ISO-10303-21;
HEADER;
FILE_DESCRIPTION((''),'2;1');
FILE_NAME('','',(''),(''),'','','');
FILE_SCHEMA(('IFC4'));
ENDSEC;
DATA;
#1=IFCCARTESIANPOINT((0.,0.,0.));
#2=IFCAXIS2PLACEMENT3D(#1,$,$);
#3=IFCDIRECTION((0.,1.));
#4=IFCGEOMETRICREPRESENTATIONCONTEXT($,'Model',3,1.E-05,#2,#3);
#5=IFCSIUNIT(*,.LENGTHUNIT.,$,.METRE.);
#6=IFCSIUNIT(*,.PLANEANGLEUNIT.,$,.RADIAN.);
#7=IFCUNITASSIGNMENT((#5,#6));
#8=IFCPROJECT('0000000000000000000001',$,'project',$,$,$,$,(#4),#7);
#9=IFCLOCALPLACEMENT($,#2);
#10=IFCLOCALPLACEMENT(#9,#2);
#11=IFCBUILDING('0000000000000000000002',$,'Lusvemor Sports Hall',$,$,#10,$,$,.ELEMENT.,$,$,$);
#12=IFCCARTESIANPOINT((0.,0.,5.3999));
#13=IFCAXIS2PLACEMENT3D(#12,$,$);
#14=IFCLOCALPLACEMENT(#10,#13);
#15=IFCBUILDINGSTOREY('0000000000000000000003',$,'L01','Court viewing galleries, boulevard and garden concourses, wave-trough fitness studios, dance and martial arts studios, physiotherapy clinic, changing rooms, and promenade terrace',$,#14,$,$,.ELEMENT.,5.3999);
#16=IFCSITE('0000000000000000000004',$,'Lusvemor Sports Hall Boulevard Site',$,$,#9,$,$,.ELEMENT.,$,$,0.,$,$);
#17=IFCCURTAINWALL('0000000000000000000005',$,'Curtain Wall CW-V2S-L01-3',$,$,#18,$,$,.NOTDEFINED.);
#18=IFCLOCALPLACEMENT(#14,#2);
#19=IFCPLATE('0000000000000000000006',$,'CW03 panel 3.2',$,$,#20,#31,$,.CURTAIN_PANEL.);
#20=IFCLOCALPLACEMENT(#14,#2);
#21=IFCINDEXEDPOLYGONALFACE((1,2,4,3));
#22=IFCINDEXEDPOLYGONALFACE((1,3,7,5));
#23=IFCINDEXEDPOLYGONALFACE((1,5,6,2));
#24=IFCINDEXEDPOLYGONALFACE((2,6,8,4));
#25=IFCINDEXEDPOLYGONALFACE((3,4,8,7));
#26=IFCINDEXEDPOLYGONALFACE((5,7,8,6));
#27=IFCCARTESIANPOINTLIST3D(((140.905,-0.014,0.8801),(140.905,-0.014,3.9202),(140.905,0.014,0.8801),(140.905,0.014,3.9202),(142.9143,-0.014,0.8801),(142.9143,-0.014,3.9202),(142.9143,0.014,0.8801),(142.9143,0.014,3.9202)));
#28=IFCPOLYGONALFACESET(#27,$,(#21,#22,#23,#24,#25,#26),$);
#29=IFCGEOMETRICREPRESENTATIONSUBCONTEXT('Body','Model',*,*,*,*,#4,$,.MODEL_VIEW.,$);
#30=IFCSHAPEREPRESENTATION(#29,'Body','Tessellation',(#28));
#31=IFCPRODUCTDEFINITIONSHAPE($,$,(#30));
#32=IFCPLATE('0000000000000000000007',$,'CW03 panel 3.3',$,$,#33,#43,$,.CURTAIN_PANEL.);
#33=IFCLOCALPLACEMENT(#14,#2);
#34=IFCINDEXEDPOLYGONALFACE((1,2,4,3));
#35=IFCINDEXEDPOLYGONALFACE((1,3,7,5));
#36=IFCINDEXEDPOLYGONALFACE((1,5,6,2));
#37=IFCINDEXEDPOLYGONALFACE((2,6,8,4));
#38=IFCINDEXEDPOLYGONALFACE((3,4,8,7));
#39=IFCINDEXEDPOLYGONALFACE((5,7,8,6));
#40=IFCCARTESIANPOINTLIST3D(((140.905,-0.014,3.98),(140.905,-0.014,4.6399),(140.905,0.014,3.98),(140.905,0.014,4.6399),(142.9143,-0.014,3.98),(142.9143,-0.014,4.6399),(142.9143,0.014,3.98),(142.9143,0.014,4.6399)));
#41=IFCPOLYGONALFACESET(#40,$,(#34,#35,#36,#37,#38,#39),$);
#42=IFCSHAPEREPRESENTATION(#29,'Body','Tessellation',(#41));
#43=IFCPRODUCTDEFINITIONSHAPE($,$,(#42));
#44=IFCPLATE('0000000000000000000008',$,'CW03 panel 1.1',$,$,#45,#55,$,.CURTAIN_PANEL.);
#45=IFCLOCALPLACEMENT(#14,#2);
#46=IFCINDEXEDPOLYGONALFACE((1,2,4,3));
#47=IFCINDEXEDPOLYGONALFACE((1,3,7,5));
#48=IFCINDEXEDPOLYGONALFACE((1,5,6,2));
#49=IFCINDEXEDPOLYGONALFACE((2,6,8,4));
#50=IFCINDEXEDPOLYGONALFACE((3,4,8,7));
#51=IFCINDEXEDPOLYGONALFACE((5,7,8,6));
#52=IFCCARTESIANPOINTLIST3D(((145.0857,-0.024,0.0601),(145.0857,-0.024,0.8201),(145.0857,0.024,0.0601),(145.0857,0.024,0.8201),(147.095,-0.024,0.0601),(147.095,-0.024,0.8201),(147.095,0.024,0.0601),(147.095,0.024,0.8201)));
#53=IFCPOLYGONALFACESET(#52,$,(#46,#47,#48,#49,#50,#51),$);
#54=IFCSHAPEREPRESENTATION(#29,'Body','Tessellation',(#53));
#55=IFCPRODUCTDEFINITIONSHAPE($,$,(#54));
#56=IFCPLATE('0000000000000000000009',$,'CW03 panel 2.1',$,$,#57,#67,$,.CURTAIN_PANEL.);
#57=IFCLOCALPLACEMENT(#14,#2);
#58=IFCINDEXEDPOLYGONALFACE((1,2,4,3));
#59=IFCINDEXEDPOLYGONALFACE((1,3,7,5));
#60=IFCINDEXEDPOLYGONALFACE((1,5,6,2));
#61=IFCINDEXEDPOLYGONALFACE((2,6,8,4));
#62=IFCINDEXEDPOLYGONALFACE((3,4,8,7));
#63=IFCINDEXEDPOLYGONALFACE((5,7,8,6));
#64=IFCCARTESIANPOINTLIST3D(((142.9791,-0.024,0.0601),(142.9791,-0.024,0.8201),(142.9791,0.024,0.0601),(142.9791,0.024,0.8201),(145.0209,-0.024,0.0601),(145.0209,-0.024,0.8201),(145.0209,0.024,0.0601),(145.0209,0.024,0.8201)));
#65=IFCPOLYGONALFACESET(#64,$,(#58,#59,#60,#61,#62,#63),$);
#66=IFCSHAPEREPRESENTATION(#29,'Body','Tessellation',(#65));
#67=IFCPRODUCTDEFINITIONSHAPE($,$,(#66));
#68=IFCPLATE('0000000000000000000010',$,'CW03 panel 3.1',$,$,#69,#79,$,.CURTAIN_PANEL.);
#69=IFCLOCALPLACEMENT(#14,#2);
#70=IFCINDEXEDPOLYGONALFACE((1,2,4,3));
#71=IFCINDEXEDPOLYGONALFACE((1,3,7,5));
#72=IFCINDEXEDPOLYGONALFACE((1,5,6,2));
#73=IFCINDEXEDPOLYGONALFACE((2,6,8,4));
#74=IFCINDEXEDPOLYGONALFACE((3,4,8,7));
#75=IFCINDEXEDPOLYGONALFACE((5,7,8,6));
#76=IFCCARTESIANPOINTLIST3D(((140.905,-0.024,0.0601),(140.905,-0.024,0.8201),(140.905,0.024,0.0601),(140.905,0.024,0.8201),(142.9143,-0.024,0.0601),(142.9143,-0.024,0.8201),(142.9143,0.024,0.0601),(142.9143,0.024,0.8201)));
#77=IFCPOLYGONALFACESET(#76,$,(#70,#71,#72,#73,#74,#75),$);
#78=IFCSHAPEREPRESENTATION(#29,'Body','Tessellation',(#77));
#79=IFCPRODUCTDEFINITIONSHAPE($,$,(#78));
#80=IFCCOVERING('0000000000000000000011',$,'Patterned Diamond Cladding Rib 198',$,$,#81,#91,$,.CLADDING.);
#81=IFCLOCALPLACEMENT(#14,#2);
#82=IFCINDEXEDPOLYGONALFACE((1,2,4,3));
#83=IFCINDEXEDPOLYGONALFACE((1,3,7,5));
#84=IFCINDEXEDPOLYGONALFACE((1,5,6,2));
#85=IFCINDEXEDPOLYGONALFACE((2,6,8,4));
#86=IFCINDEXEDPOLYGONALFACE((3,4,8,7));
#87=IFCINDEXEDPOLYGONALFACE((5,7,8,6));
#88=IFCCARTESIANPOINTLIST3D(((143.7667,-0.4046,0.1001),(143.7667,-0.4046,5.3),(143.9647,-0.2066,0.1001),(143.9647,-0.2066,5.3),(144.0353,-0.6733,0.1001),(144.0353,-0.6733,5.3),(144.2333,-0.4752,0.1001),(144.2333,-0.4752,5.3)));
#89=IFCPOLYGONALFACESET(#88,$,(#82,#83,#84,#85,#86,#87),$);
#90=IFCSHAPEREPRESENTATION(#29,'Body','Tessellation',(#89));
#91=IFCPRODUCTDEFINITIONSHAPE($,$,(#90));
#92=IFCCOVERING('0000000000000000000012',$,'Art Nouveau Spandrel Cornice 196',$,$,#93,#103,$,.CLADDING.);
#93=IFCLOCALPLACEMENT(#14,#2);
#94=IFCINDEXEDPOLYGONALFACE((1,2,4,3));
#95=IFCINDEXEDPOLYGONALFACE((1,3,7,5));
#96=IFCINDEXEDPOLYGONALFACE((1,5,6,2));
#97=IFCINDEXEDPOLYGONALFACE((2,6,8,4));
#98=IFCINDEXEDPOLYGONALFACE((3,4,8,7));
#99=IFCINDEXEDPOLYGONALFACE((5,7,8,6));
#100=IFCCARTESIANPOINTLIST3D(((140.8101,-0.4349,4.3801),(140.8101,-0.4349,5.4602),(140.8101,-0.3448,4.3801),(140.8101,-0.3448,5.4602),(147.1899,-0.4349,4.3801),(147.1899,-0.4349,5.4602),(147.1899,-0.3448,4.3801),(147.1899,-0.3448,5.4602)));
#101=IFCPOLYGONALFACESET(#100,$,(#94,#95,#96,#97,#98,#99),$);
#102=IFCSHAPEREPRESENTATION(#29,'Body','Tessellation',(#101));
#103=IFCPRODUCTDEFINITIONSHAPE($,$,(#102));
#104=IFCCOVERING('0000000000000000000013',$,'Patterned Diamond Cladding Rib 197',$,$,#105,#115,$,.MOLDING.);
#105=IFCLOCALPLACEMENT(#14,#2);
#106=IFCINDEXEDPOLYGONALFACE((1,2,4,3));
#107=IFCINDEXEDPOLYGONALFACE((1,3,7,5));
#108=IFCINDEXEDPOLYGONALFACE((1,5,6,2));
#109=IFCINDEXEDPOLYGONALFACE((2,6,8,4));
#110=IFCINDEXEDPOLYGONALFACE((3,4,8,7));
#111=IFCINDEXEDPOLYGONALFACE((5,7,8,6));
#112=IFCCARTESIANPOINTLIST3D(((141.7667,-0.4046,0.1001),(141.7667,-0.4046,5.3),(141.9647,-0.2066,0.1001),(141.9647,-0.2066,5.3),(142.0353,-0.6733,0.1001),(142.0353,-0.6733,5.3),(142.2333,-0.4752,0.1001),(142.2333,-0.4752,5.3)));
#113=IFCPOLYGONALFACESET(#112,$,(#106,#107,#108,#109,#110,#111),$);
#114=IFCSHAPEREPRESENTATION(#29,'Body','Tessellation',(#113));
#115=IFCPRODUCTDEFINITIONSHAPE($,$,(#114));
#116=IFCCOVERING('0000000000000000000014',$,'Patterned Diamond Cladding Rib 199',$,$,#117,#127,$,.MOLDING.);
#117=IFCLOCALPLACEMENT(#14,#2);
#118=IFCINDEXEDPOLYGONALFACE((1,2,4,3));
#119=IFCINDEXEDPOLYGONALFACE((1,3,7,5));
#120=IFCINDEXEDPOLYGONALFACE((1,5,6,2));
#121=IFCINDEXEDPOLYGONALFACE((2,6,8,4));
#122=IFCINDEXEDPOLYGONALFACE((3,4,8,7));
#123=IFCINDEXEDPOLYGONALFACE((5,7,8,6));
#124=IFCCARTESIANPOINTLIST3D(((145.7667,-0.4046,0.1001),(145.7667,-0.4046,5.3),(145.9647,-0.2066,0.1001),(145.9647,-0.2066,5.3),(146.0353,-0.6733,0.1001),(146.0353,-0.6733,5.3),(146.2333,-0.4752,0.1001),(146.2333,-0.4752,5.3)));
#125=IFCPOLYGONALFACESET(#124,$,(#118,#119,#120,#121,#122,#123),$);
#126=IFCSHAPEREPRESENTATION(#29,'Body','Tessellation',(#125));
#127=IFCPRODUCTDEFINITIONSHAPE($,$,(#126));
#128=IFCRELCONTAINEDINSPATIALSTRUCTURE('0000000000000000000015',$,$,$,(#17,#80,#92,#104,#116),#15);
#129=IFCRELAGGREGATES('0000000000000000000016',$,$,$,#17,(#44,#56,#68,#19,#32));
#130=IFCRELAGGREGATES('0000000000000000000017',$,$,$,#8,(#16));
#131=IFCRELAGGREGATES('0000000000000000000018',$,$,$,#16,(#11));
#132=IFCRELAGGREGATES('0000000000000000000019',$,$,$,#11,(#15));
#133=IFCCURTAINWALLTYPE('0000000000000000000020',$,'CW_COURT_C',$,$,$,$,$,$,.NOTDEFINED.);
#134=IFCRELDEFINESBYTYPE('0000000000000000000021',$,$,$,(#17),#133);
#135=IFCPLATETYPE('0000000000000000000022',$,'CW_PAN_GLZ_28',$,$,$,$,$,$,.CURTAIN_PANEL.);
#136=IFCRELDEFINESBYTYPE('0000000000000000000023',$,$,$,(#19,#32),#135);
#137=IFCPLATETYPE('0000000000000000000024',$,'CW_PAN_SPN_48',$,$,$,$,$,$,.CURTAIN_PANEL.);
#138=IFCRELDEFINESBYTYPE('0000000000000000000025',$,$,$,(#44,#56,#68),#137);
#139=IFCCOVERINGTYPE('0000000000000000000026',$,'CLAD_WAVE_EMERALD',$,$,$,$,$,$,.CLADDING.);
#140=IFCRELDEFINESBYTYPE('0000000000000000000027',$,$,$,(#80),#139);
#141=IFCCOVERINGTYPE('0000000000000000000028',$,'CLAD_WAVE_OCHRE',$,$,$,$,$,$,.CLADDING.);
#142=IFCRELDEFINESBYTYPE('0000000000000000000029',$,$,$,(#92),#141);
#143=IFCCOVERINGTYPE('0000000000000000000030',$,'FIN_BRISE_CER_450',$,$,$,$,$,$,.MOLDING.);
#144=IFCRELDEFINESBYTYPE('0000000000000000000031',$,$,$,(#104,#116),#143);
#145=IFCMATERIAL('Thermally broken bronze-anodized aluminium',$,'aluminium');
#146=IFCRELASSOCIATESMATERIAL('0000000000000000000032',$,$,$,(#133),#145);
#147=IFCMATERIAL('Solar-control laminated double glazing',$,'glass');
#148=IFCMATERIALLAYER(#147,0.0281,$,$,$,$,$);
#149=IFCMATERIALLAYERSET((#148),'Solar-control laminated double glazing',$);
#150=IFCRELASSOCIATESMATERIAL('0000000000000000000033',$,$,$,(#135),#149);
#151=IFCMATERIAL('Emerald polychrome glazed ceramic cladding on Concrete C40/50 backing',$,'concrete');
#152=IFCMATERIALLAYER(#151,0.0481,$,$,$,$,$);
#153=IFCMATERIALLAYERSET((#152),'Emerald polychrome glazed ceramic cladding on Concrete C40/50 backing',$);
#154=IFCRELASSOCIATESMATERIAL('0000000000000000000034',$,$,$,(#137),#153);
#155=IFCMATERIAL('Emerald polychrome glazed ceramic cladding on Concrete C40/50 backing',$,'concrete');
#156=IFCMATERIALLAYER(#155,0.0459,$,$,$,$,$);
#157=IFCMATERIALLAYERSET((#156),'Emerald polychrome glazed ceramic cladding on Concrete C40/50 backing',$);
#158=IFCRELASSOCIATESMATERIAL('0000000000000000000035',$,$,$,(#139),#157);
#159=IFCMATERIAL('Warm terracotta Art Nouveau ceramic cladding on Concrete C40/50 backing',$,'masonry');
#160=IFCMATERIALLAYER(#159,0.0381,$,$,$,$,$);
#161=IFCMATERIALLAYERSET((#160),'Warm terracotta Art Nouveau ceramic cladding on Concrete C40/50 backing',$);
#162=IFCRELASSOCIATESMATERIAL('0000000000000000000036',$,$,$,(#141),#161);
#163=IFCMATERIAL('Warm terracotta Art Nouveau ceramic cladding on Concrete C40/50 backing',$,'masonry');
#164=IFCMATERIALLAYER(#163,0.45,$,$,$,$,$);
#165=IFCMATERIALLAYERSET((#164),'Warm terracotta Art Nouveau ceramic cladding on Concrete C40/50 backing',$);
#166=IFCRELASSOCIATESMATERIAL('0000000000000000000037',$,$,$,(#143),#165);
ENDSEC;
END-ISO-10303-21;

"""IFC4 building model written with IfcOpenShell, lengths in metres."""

from ifc_helpers import new_model, si_unit, direction, frame, origin, origin_2d, place, context, subcontext, project, spatial, rectangle, extrude, material, layer, layer_set, type_object, element, aggregate, save


model = new_model("IFC4")

# Units and contexts
model_context = context("Model", 3, precision=1e-05, world=origin(), true_north=direction((0.0, 1.0)))
body_context = subcontext(model_context, "Body", "Model", "MODEL_VIEW")
ifc_project = project(units=[si_unit("LENGTHUNIT", "METRE"), si_unit("PLANEANGLEUNIT", "RADIAN")], contexts=[model_context])

# Site, building, storey
site_placement = place(None, origin())
site = spatial("IfcSite", under=ifc_project, at=site_placement, Name="Lusvemor Sports Hall Boulevard Site", CompositionType="ELEMENT", RefElevation=0.0)
building_placement = place(site_placement, origin())
building = spatial("IfcBuilding", under=site, at=building_placement, Name="Lusvemor Sports Hall", CompositionType="ELEMENT")
storey_placement = place(building_placement, frame((0.0, 0.0, 5.3999)))
storey = spatial("IfcBuildingStorey", under=building, at=storey_placement, Name="L01", Description="Court viewing galleries, boulevard and garden concourses, wave-trough fitness studios, dance and martial arts studios, physiotherapy clinic, changing rooms, and promenade terrace", CompositionType="ELEMENT", Elevation=5.3999)

# Shared definitions
ifc_material_1 = material(Name="Thermally broken bronze-anodized aluminium", Category="aluminium")
curtain_wall_type = type_object("IfcCurtainWallType", Name="CW_COURT_C", PredefinedType="NOTDEFINED", material=ifc_material_1)

# Curtain wall
curtain_wall_1_placement = place(storey_placement, origin())
curtain_wall_1 = element("IfcCurtainWall", 1, at=curtain_wall_1_placement, inside=storey, type_object=curtain_wall_type, Name="Curtain Wall CW-V2S-L01-3", PredefinedType="NOTDEFINED")

# Plates
ifc_material_2 = material(Name="Solar-control laminated double glazing", Category="glass")
ifc_layer_1 = layer(ifc_material_2, 0.0281)
ifc_layer_set_1 = layer_set([ifc_layer_1], Name="Solar-control laminated double glazing")
plate_type_1 = type_object("IfcPlateType", Name="CW_PAN_GLZ_28", PredefinedType="CURTAIN_PANEL", material=ifc_layer_set_1)
plate_1_placement = place(storey_placement, frame((141.9097, 0.0, 0.8801), z_axis=(0.0, 0.0, 1.0), x_axis=(-1.0, 0.0, 0.0)))
plate_1 = element("IfcPlate", 2, at=plate_1_placement, type_object=plate_type_1, Name="CW03 panel 3.2", PredefinedType="CURTAIN_PANEL", context=body_context, shape_type="SweptSolid", body=[
    extrude(rectangle(XDim=2.0093, YDim=0.0281, at=origin_2d()), origin(), (0.0, 0.0, 1.0), 3.04),
])
plate_2_placement = place(storey_placement, frame((141.9097, 0.0, 3.98), z_axis=(0.0, 0.0, 1.0), x_axis=(-1.0, 0.0, 0.0)))
plate_2 = element("IfcPlate", 3, at=plate_2_placement, type_object=plate_type_1, Name="CW03 panel 3.3", PredefinedType="CURTAIN_PANEL", context=body_context, shape_type="SweptSolid", body=[
    extrude(rectangle(XDim=2.0093, YDim=0.0281, at=origin_2d()), origin(), (0.0, 0.0, 1.0), 0.6599),
])
ifc_material_3 = material(Name="Emerald polychrome glazed ceramic cladding on Concrete C40/50 backing", Category="concrete")
ifc_layer_2 = layer(ifc_material_3, 0.0481)
ifc_layer_set_2 = layer_set([ifc_layer_2], Name="Emerald polychrome glazed ceramic cladding on Concrete C40/50 backing")
plate_type_2 = type_object("IfcPlateType", Name="CW_PAN_SPN_48", PredefinedType="CURTAIN_PANEL", material=ifc_layer_set_2)
plate_3_placement = place(storey_placement, frame((146.0903, 0.0, 0.0601), z_axis=(0.0, 0.0, 1.0), x_axis=(-1.0, 0.0, 0.0)))
plate_3 = element("IfcPlate", 4, at=plate_3_placement, type_object=plate_type_2, Name="CW03 panel 1.1", PredefinedType="CURTAIN_PANEL", context=body_context, shape_type="SweptSolid", body=[
    extrude(rectangle(XDim=2.0093, YDim=0.0481, at=origin_2d()), origin(), (0.0, 0.0, 1.0), 0.76),
])
plate_4_placement = place(storey_placement, frame((144.0, 0.0, 0.0601), z_axis=(0.0, 0.0, 1.0), x_axis=(-1.0, 0.0, 0.0)))
plate_4 = element("IfcPlate", 5, at=plate_4_placement, type_object=plate_type_2, Name="CW03 panel 2.1", PredefinedType="CURTAIN_PANEL", context=body_context, shape_type="SweptSolid", body=[
    extrude(rectangle(XDim=2.0417, YDim=0.0481, at=origin_2d()), origin(), (0.0, 0.0, 1.0), 0.76),
])
plate_5_placement = place(storey_placement, frame((141.9097, 0.0, 0.0601), z_axis=(0.0, 0.0, 1.0), x_axis=(-1.0, 0.0, 0.0)))
plate_5 = element("IfcPlate", 6, at=plate_5_placement, type_object=plate_type_2, Name="CW03 panel 3.1", PredefinedType="CURTAIN_PANEL", context=body_context, shape_type="SweptSolid", body=[
    extrude(rectangle(XDim=2.0093, YDim=0.0481, at=origin_2d()), origin(), (0.0, 0.0, 1.0), 0.76),
])
aggregate(curtain_wall_1, [plate_3, plate_4, plate_5, plate_1, plate_2])

# Coverings
ifc_material_4 = material(Name="Emerald polychrome glazed ceramic cladding on Concrete C40/50 backing", Category="concrete")
ifc_layer_3 = layer(ifc_material_4, 0.0459)
ifc_layer_set_3 = layer_set([ifc_layer_3], Name="Emerald polychrome glazed ceramic cladding on Concrete C40/50 backing")
covering_type_1 = type_object("IfcCoveringType", Name="CLAD_WAVE_EMERALD", PredefinedType="CLADDING", material=ifc_layer_set_3)
covering_1_placement = place(storey_placement, frame((144.0, -0.4399, 0.1001), z_axis=(0.0, 0.0, 1.0), x_axis=(0.707107, 0.707107, 0.0)))
element("IfcCovering", 7, at=covering_1_placement, inside=storey, type_object=covering_type_1, Name="Patterned Diamond Cladding Rib 198", PredefinedType="CLADDING", context=body_context, shape_type="SweptSolid", body=[
    extrude(rectangle(XDim=0.28, YDim=0.3799, at=origin_2d()), origin(), (0.0, 0.0, 1.0), 5.2),
])
ifc_material_5 = material(Name="Warm terracotta Art Nouveau ceramic cladding on Concrete C40/50 backing", Category="masonry")
ifc_layer_4 = layer(ifc_material_5, 0.0381)
ifc_layer_set_4 = layer_set([ifc_layer_4], Name="Warm terracotta Art Nouveau ceramic cladding on Concrete C40/50 backing")
covering_type_2 = type_object("IfcCoveringType", Name="CLAD_WAVE_OCHRE", PredefinedType="CLADDING", material=ifc_layer_set_4)
covering_2_placement = place(storey_placement, frame((144.0, -0.3899, 4.3801), z_axis=(0.0, 0.0, 1.0), x_axis=(1.0, 0.0, 0.0)))
element("IfcCovering", 8, at=covering_2_placement, inside=storey, type_object=covering_type_2, Name="Art Nouveau Spandrel Cornice 196", PredefinedType="CLADDING", context=body_context, shape_type="SweptSolid", body=[
    extrude(rectangle(XDim=6.3799, YDim=0.0901, at=origin_2d()), origin(), (0.0, 0.0, 1.0), 1.0801),
])
ifc_material_6 = material(Name="Warm terracotta Art Nouveau ceramic cladding on Concrete C40/50 backing", Category="masonry")
ifc_layer_5 = layer(ifc_material_6, 0.45)
ifc_layer_set_5 = layer_set([ifc_layer_5], Name="Warm terracotta Art Nouveau ceramic cladding on Concrete C40/50 backing")
covering_type_3 = type_object("IfcCoveringType", Name="FIN_BRISE_CER_450", PredefinedType="MOLDING", material=ifc_layer_set_5)
for number, where, z_axis, x_axis, name in (
    (9, (142.0, -0.4399, 0.1001), (0.0, 0.0, 1.0), (0.707107, 0.707107, 0.0), "Patterned Diamond Cladding Rib 197"),
    (10, (146.0, -0.4399, 0.1001), (0.0, 0.0, 1.0), (0.707107, 0.707107, 0.0), "Patterned Diamond Cladding Rib 199"),
):
    element("IfcCovering", number, at=place(storey_placement, frame(where, z_axis=z_axis, x_axis=x_axis)), inside=storey, type_object=covering_type_3, Name=name, PredefinedType="MOLDING", context=body_context, shape_type="SweptSolid", body=[
        extrude(rectangle(XDim=0.28, YDim=0.3799, at=origin_2d()), origin(), (0.0, 0.0, 1.0), 5.2),
    ])

save(model, "model.ifc")
